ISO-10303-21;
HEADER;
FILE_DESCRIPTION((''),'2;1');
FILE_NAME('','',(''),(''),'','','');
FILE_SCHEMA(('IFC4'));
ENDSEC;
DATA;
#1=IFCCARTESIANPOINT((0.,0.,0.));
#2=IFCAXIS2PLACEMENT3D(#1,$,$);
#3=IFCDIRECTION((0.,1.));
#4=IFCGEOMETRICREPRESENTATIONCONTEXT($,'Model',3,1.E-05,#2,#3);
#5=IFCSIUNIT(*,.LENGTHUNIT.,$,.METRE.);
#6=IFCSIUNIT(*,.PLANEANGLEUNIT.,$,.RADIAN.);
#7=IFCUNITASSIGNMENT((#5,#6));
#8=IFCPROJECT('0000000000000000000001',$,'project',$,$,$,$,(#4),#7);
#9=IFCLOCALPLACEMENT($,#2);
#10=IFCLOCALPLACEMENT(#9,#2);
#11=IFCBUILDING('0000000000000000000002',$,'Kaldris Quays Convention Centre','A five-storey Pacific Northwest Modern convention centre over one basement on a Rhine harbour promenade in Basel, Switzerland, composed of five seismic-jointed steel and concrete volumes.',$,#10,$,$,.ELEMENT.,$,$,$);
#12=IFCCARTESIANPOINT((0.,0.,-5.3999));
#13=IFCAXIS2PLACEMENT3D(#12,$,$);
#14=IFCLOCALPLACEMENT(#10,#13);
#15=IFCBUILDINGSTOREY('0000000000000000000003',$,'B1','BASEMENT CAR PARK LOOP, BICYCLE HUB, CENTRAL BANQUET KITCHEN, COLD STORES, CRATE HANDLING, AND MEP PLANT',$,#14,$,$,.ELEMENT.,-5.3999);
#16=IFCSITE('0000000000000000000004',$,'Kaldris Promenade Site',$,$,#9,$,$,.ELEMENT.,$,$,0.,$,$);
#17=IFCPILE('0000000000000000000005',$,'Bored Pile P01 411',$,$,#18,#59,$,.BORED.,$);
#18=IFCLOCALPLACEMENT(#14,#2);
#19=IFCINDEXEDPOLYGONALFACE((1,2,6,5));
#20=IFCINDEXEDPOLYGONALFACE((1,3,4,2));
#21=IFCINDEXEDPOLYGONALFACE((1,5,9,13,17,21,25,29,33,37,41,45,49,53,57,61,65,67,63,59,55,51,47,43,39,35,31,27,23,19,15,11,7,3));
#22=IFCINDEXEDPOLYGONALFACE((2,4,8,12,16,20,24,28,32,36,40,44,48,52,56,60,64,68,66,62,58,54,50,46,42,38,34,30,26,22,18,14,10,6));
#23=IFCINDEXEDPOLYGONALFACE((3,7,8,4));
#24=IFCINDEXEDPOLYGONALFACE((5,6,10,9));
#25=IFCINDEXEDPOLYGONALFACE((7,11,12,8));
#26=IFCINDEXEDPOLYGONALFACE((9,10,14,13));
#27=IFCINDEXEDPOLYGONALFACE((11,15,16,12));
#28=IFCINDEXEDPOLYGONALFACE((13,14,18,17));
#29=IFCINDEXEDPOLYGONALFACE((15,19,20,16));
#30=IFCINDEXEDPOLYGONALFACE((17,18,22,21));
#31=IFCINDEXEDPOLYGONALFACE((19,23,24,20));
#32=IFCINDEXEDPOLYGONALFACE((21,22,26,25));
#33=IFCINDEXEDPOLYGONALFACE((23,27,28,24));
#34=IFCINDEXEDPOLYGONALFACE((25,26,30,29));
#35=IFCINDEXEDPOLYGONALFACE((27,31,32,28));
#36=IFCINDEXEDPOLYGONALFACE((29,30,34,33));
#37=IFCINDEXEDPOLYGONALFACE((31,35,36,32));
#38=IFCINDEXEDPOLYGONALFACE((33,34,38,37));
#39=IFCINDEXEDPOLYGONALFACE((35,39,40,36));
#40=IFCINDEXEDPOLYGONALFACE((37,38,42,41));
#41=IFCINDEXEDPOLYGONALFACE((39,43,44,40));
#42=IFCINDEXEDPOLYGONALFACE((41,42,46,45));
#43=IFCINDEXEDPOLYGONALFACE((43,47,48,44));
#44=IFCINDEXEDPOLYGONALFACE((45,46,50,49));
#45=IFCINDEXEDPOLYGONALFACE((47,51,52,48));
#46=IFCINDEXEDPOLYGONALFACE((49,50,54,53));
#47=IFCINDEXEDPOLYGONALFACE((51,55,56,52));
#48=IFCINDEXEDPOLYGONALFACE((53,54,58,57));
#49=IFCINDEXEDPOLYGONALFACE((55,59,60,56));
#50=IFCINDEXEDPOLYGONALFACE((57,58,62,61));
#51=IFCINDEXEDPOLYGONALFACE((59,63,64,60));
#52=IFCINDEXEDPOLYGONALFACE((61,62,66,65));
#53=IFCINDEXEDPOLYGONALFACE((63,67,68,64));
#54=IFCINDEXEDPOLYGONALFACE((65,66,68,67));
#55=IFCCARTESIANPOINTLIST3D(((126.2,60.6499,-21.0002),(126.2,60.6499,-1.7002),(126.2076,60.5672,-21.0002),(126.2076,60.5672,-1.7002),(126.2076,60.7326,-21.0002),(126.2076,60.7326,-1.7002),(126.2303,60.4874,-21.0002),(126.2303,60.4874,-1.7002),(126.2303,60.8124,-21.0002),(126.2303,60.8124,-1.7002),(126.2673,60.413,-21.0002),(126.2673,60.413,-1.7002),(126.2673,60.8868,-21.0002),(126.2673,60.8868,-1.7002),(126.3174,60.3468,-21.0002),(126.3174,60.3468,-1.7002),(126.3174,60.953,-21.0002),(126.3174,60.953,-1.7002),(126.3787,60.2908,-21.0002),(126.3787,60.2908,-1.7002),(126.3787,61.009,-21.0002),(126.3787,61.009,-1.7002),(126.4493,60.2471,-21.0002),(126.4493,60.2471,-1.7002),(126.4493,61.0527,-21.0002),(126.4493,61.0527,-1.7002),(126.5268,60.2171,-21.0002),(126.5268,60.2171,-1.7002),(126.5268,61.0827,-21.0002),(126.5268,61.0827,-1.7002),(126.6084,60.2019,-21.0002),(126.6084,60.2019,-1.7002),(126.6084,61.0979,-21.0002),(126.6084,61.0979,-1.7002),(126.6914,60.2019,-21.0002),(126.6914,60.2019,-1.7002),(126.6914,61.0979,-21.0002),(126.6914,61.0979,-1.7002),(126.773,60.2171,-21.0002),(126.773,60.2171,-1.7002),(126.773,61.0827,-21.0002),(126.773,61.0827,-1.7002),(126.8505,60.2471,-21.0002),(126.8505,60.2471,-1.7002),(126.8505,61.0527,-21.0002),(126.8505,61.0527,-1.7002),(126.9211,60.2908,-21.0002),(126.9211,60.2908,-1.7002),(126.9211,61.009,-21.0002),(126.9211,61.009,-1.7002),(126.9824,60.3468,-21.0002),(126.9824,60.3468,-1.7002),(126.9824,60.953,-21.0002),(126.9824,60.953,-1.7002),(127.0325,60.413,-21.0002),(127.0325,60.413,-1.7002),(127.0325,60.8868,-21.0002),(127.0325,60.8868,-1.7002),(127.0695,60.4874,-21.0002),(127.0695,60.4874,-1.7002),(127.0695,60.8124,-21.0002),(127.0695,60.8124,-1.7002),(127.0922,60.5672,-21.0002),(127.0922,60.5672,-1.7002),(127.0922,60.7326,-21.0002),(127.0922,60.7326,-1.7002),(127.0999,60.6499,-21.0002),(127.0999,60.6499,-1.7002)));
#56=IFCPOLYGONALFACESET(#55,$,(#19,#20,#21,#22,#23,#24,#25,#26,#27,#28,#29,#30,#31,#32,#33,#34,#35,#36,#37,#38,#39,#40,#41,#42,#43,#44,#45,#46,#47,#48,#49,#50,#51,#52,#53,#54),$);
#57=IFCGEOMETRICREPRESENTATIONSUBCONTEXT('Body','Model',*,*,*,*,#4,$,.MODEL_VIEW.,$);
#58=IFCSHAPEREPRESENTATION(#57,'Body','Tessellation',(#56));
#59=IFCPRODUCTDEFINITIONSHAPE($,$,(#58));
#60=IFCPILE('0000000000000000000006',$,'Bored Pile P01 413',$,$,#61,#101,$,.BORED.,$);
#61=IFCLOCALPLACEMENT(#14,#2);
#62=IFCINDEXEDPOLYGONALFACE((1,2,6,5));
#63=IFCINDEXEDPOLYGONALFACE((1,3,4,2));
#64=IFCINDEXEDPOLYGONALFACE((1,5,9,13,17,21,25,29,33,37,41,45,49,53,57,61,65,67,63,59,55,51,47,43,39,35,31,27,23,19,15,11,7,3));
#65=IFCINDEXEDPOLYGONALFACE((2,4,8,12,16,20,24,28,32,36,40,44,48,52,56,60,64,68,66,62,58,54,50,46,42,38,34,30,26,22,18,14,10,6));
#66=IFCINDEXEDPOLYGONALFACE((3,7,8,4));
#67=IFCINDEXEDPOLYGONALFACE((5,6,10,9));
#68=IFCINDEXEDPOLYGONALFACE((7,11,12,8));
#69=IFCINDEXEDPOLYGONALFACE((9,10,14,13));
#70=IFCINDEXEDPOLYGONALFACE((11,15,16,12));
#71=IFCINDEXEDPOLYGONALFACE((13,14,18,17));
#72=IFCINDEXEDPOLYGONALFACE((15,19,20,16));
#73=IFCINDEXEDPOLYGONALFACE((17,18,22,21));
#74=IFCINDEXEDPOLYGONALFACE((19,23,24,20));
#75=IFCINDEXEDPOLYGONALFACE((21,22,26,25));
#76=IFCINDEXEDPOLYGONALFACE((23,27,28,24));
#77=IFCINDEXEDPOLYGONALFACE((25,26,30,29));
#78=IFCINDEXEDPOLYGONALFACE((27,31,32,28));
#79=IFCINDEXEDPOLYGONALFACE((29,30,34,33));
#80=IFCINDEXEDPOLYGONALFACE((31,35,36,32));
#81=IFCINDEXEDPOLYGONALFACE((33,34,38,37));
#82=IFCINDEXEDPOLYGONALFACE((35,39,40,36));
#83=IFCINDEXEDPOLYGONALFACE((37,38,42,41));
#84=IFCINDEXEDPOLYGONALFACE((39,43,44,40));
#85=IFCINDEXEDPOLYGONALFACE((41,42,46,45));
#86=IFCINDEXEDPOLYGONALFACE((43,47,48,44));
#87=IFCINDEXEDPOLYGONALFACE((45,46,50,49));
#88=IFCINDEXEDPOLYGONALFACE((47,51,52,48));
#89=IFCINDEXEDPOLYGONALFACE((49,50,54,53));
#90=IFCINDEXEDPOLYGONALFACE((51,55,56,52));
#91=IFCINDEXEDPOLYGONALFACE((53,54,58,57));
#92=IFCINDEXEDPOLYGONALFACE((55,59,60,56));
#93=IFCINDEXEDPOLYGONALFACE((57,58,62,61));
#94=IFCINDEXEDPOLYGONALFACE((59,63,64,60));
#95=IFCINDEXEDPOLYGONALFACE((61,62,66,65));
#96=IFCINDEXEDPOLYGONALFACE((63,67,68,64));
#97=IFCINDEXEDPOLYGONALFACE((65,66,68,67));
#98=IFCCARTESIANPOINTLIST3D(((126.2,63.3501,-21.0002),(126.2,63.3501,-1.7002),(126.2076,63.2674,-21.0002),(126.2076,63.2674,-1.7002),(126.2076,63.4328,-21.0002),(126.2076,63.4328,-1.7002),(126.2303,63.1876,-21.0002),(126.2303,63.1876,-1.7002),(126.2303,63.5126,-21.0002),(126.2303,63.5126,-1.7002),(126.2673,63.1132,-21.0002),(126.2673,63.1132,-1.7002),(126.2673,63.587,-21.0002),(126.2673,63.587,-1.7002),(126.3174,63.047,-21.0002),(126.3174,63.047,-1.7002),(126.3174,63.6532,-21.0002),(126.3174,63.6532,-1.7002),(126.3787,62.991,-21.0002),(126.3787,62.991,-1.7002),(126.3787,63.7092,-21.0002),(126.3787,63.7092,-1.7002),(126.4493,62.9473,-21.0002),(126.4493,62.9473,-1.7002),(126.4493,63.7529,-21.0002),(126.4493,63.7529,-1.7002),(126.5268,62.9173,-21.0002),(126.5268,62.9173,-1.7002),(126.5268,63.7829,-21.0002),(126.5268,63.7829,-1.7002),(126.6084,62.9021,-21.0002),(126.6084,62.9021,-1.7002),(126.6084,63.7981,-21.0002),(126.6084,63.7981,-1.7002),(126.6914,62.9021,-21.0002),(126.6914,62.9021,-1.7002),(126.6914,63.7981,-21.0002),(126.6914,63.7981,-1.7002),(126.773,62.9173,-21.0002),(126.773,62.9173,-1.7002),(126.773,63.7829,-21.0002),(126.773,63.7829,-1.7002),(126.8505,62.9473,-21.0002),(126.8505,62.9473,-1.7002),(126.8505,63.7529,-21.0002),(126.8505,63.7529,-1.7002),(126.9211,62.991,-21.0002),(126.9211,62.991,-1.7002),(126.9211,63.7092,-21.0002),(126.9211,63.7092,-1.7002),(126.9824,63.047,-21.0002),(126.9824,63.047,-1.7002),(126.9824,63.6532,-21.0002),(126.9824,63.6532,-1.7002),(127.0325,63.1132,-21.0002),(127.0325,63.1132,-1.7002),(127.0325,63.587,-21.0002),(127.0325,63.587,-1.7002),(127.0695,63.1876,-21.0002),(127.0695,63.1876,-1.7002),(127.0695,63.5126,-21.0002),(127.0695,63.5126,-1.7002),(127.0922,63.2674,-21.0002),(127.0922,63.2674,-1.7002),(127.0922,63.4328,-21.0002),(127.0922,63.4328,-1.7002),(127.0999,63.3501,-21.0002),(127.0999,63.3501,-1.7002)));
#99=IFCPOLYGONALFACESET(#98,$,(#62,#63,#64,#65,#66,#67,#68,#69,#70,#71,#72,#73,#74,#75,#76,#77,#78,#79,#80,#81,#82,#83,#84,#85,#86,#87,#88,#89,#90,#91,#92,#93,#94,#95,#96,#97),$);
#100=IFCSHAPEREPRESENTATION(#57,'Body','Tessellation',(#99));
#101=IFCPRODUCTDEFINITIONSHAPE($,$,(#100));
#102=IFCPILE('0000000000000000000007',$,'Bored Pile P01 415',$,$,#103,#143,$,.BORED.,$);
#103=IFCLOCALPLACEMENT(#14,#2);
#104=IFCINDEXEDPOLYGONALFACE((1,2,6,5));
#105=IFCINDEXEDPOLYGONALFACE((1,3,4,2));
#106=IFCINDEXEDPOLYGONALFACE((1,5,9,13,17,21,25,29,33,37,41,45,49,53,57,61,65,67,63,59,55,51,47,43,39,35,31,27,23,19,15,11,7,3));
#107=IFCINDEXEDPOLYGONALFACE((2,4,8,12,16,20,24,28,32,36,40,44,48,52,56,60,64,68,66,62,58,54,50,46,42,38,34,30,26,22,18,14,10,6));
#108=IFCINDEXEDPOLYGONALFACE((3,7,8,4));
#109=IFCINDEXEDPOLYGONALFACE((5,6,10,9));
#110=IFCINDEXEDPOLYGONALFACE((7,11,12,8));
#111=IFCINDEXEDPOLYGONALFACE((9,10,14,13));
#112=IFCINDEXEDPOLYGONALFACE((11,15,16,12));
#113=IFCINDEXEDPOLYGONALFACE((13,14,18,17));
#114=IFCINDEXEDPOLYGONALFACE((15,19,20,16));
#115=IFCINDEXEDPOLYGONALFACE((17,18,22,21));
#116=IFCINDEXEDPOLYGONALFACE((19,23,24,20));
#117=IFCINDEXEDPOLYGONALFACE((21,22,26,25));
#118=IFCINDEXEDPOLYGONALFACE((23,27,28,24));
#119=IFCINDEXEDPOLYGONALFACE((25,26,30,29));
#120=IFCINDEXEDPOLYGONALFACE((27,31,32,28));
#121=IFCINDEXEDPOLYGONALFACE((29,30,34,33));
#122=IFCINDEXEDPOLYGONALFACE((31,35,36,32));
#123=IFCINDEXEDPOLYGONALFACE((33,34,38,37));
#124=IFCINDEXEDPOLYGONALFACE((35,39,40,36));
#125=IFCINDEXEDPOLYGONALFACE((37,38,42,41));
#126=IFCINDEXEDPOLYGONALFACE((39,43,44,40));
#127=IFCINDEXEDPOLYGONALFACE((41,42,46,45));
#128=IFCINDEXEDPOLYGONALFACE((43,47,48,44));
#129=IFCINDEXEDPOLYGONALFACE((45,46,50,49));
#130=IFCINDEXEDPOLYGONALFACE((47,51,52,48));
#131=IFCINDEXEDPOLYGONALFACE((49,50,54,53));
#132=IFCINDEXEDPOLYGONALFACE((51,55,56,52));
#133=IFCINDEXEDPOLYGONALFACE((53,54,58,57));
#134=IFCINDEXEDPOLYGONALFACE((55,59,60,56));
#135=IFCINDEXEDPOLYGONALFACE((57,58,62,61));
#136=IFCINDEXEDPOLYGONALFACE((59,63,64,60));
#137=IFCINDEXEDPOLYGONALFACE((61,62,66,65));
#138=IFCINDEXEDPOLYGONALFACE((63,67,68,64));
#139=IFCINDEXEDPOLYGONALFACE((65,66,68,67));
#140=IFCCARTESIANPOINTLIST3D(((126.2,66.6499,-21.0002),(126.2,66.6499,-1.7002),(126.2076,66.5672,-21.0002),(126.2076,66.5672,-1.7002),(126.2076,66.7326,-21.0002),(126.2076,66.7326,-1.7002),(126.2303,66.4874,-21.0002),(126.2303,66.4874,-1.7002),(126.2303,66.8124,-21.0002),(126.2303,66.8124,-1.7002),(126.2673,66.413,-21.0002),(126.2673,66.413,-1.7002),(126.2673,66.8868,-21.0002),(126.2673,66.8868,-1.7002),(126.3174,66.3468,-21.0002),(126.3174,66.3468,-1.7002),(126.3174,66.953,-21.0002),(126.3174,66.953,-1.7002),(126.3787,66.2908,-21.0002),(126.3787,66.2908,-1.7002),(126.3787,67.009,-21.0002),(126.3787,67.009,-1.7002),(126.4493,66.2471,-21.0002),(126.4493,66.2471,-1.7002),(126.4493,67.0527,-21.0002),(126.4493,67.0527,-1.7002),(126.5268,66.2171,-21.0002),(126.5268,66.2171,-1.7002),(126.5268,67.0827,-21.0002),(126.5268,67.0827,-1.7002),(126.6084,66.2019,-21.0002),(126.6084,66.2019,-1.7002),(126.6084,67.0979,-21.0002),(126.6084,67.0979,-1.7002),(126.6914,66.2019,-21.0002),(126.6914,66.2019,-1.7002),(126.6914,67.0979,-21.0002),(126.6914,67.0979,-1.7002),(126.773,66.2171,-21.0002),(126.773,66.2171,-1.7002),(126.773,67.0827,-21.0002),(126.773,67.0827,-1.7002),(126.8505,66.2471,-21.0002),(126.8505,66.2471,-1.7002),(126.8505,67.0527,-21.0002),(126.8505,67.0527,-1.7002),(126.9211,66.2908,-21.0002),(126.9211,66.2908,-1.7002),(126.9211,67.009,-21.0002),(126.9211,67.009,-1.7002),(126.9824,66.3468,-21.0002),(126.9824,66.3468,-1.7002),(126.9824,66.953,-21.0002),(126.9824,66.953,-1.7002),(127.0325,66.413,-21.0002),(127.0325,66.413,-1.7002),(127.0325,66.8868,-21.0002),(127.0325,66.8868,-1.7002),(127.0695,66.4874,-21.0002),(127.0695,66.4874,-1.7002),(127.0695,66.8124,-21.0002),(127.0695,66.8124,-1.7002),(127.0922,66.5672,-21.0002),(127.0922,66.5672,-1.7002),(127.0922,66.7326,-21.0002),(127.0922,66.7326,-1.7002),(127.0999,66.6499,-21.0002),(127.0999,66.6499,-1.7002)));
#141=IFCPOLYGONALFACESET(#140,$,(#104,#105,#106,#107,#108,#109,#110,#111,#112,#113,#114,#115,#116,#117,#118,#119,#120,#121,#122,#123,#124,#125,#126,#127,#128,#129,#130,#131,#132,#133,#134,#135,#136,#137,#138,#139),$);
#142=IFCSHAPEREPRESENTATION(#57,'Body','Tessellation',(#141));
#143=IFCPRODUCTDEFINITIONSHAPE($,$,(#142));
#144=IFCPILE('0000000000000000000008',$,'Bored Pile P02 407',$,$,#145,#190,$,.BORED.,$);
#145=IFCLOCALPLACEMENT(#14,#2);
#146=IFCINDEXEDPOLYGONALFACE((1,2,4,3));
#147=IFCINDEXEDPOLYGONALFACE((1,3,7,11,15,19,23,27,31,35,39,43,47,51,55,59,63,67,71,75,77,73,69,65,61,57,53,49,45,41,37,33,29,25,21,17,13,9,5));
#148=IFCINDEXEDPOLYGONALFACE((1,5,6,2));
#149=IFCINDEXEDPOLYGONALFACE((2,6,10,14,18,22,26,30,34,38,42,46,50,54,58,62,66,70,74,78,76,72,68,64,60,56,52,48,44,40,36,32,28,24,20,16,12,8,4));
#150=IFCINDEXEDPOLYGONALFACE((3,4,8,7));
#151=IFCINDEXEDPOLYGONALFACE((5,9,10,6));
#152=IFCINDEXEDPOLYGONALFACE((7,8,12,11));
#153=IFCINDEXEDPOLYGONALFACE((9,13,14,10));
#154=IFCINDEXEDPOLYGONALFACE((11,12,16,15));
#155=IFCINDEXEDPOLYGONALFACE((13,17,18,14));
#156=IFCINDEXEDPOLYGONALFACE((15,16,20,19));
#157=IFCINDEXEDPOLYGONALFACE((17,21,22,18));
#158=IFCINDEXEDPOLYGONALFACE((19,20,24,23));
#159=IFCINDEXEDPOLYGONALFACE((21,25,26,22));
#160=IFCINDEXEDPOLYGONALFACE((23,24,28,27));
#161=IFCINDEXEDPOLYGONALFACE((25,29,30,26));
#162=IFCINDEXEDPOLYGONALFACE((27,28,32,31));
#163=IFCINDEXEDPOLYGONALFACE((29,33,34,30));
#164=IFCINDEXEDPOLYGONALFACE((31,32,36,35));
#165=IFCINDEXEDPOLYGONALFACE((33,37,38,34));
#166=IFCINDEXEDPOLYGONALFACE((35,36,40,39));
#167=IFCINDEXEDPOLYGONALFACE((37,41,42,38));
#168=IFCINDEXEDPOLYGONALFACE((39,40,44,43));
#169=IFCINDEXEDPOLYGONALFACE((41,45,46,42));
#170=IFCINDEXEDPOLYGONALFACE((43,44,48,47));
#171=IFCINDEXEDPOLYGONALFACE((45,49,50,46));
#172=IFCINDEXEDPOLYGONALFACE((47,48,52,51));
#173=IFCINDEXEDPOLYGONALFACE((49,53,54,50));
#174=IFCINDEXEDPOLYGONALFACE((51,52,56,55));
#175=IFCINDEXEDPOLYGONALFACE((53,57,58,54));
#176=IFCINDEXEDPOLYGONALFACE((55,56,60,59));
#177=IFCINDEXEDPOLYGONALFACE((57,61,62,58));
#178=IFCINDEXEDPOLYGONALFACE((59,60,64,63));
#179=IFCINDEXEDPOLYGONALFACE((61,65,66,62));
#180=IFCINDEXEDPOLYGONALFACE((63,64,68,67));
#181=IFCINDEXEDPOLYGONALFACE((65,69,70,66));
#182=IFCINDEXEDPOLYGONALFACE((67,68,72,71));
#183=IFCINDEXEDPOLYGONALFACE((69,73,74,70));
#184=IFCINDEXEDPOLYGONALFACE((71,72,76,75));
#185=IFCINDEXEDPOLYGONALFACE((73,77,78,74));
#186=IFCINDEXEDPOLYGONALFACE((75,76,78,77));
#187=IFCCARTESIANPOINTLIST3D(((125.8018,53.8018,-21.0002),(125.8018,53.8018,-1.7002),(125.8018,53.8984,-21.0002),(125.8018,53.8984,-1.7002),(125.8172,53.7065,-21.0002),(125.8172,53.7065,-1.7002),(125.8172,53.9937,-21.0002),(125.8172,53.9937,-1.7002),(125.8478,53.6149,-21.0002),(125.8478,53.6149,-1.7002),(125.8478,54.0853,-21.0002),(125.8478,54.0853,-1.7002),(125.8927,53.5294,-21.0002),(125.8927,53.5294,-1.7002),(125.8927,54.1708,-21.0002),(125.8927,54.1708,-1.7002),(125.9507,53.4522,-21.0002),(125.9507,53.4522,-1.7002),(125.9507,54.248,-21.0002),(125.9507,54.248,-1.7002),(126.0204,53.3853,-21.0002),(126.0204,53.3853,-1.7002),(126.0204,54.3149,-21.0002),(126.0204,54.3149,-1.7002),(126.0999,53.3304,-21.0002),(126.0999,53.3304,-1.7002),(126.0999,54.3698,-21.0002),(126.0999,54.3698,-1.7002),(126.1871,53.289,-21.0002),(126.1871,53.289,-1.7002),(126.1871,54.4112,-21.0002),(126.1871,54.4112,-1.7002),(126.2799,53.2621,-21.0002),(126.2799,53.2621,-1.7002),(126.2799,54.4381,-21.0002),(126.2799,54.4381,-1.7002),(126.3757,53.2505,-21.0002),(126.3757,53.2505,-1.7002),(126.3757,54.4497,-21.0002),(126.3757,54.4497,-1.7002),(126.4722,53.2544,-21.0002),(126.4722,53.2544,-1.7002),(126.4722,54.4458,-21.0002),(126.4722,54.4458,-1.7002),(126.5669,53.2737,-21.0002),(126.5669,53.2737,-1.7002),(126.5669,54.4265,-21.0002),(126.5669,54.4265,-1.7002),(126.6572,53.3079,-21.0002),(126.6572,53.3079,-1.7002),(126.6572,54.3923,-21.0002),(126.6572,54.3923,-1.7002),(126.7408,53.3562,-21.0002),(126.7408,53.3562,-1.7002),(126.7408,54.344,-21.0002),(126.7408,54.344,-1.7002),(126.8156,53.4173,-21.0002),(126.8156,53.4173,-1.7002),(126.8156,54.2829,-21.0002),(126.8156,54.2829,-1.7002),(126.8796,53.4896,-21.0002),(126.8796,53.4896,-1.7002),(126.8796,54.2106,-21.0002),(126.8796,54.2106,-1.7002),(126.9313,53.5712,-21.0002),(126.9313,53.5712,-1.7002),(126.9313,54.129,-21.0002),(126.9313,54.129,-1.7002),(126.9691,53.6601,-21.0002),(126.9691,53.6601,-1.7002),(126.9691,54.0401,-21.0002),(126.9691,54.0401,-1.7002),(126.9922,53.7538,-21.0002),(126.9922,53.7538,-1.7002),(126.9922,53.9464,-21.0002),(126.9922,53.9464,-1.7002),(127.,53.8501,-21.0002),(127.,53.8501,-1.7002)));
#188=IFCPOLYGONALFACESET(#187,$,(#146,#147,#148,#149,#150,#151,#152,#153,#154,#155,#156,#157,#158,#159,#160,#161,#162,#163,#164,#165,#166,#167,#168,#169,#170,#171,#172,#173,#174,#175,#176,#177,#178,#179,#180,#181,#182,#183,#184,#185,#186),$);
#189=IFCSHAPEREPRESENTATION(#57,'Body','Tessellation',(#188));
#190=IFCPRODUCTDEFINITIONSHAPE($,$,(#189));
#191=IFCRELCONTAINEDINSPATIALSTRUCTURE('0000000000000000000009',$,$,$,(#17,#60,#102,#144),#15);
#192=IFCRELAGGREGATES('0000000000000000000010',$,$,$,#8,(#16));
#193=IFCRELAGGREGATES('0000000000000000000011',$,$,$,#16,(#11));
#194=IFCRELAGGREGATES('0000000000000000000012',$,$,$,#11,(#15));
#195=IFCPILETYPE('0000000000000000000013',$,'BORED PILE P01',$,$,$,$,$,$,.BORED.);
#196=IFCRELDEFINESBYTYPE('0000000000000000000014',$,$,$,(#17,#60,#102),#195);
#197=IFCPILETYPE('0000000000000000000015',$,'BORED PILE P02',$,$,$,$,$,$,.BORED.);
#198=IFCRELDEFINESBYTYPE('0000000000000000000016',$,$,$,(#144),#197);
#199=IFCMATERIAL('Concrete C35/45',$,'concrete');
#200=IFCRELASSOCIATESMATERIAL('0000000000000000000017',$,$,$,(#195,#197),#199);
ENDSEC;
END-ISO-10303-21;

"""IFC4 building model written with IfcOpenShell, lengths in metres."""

from ifc_helpers import new_model, si_unit, direction, frame, origin, origin_2d, place, context, subcontext, project, spatial, circle, extrude, material, material_profile, profile_set, type_object, element, save


model = new_model("IFC4")

# Units and contexts
model_context = context("Model", 3, precision=1e-05, world=origin(), true_north=direction((0.0, 1.0)))
body_context = subcontext(model_context, "Body", "Model", "MODEL_VIEW")
ifc_project = project(units=[si_unit("LENGTHUNIT", "METRE"), si_unit("PLANEANGLEUNIT", "RADIAN")], contexts=[model_context])

# Site, building, storey
site_placement = place(None, origin())
site = spatial("IfcSite", under=ifc_project, at=site_placement, Name="Kaldris Promenade Site", CompositionType="ELEMENT", RefElevation=0.0)
building_placement = place(site_placement, origin())
building = spatial("IfcBuilding", under=site, at=building_placement, Name="Kaldris Quays Convention Centre", Description="A five-storey Pacific Northwest Modern convention centre over one basement on a Rhine harbour promenade in Basel, Switzerland, composed of five seismic-jointed steel and concrete volumes.", CompositionType="ELEMENT")
storey_placement = place(building_placement, frame((0.0, 0.0, -5.3999)))
storey = spatial("IfcBuildingStorey", under=building, at=storey_placement, Name="B1", Description="BASEMENT CAR PARK LOOP, BICYCLE HUB, CENTRAL BANQUET KITCHEN, COLD STORES, CRATE HANDLING, AND MEP PLANT", CompositionType="ELEMENT", Elevation=-5.3999)

# Piles
ifc_material_1 = material(Name="Concrete C35/45", Category="concrete")
ifc_material_profile_1 = material_profile(ifc_material_1, circle(Radius=0.45, at=origin_2d()), Name="BORED PILE D900")
ifc_profile_set_1 = profile_set([ifc_material_profile_1], Name="Concrete C35/45")
pile_type_1 = type_object("IfcPileType", Name="BORED PILE P01", PredefinedType="BORED", material=ifc_profile_set_1)
for number, where, z_axis, x_axis, name in (
    (1, (126.6499, 60.6499, -1.7002), (0.0, 0.0, -1.0), (1.0, 0.0, 0.0), "Bored Pile P01 411"),
    (2, (126.6499, 63.3501, -1.7002), (0.0, 0.0, -1.0), (1.0, 0.0, 0.0), "Bored Pile P01 413"),
    (3, (126.6499, 66.6499, -1.7002), (0.0, 0.0, -1.0), (1.0, 0.0, 0.0), "Bored Pile P01 415"),
):
    element("IfcPile", number, at=place(storey_placement, frame(where, z_axis=z_axis, x_axis=x_axis)), inside=storey, type_object=pile_type_1, Name=name, PredefinedType="BORED", context=body_context, shape_type="SweptSolid", body=[
        extrude(circle(Radius=0.45, at=origin_2d()), origin(), (0.0, 0.0, 1.0), 19.3),
    ])
ifc_material_profile_2 = material_profile(ifc_material_1, circle(Radius=0.6001, at=origin_2d()), Name="BORED PILE D1200")
ifc_profile_set_2 = profile_set([ifc_material_profile_2], Name="Concrete C35/45")
pile_type_2 = type_object("IfcPileType", Name="BORED PILE P02", PredefinedType="BORED", material=ifc_profile_set_2)
for number, where, z_axis, x_axis, name in (
    (4, (126.3999, 53.8501, -1.7002), (0.0, 0.0, -1.0), (1.0, 0.0, 0.0), "Bored Pile P02 407"),
):
    element("IfcPile", number, at=place(storey_placement, frame(where, z_axis=z_axis, x_axis=x_axis)), inside=storey, type_object=pile_type_2, Name=name, PredefinedType="BORED", context=body_context, shape_type="SweptSolid", body=[
        extrude(circle(Radius=0.6001, at=origin_2d()), origin(), (0.0, 0.0, 1.0), 19.3),
    ])

save(model, "model.ifc")
